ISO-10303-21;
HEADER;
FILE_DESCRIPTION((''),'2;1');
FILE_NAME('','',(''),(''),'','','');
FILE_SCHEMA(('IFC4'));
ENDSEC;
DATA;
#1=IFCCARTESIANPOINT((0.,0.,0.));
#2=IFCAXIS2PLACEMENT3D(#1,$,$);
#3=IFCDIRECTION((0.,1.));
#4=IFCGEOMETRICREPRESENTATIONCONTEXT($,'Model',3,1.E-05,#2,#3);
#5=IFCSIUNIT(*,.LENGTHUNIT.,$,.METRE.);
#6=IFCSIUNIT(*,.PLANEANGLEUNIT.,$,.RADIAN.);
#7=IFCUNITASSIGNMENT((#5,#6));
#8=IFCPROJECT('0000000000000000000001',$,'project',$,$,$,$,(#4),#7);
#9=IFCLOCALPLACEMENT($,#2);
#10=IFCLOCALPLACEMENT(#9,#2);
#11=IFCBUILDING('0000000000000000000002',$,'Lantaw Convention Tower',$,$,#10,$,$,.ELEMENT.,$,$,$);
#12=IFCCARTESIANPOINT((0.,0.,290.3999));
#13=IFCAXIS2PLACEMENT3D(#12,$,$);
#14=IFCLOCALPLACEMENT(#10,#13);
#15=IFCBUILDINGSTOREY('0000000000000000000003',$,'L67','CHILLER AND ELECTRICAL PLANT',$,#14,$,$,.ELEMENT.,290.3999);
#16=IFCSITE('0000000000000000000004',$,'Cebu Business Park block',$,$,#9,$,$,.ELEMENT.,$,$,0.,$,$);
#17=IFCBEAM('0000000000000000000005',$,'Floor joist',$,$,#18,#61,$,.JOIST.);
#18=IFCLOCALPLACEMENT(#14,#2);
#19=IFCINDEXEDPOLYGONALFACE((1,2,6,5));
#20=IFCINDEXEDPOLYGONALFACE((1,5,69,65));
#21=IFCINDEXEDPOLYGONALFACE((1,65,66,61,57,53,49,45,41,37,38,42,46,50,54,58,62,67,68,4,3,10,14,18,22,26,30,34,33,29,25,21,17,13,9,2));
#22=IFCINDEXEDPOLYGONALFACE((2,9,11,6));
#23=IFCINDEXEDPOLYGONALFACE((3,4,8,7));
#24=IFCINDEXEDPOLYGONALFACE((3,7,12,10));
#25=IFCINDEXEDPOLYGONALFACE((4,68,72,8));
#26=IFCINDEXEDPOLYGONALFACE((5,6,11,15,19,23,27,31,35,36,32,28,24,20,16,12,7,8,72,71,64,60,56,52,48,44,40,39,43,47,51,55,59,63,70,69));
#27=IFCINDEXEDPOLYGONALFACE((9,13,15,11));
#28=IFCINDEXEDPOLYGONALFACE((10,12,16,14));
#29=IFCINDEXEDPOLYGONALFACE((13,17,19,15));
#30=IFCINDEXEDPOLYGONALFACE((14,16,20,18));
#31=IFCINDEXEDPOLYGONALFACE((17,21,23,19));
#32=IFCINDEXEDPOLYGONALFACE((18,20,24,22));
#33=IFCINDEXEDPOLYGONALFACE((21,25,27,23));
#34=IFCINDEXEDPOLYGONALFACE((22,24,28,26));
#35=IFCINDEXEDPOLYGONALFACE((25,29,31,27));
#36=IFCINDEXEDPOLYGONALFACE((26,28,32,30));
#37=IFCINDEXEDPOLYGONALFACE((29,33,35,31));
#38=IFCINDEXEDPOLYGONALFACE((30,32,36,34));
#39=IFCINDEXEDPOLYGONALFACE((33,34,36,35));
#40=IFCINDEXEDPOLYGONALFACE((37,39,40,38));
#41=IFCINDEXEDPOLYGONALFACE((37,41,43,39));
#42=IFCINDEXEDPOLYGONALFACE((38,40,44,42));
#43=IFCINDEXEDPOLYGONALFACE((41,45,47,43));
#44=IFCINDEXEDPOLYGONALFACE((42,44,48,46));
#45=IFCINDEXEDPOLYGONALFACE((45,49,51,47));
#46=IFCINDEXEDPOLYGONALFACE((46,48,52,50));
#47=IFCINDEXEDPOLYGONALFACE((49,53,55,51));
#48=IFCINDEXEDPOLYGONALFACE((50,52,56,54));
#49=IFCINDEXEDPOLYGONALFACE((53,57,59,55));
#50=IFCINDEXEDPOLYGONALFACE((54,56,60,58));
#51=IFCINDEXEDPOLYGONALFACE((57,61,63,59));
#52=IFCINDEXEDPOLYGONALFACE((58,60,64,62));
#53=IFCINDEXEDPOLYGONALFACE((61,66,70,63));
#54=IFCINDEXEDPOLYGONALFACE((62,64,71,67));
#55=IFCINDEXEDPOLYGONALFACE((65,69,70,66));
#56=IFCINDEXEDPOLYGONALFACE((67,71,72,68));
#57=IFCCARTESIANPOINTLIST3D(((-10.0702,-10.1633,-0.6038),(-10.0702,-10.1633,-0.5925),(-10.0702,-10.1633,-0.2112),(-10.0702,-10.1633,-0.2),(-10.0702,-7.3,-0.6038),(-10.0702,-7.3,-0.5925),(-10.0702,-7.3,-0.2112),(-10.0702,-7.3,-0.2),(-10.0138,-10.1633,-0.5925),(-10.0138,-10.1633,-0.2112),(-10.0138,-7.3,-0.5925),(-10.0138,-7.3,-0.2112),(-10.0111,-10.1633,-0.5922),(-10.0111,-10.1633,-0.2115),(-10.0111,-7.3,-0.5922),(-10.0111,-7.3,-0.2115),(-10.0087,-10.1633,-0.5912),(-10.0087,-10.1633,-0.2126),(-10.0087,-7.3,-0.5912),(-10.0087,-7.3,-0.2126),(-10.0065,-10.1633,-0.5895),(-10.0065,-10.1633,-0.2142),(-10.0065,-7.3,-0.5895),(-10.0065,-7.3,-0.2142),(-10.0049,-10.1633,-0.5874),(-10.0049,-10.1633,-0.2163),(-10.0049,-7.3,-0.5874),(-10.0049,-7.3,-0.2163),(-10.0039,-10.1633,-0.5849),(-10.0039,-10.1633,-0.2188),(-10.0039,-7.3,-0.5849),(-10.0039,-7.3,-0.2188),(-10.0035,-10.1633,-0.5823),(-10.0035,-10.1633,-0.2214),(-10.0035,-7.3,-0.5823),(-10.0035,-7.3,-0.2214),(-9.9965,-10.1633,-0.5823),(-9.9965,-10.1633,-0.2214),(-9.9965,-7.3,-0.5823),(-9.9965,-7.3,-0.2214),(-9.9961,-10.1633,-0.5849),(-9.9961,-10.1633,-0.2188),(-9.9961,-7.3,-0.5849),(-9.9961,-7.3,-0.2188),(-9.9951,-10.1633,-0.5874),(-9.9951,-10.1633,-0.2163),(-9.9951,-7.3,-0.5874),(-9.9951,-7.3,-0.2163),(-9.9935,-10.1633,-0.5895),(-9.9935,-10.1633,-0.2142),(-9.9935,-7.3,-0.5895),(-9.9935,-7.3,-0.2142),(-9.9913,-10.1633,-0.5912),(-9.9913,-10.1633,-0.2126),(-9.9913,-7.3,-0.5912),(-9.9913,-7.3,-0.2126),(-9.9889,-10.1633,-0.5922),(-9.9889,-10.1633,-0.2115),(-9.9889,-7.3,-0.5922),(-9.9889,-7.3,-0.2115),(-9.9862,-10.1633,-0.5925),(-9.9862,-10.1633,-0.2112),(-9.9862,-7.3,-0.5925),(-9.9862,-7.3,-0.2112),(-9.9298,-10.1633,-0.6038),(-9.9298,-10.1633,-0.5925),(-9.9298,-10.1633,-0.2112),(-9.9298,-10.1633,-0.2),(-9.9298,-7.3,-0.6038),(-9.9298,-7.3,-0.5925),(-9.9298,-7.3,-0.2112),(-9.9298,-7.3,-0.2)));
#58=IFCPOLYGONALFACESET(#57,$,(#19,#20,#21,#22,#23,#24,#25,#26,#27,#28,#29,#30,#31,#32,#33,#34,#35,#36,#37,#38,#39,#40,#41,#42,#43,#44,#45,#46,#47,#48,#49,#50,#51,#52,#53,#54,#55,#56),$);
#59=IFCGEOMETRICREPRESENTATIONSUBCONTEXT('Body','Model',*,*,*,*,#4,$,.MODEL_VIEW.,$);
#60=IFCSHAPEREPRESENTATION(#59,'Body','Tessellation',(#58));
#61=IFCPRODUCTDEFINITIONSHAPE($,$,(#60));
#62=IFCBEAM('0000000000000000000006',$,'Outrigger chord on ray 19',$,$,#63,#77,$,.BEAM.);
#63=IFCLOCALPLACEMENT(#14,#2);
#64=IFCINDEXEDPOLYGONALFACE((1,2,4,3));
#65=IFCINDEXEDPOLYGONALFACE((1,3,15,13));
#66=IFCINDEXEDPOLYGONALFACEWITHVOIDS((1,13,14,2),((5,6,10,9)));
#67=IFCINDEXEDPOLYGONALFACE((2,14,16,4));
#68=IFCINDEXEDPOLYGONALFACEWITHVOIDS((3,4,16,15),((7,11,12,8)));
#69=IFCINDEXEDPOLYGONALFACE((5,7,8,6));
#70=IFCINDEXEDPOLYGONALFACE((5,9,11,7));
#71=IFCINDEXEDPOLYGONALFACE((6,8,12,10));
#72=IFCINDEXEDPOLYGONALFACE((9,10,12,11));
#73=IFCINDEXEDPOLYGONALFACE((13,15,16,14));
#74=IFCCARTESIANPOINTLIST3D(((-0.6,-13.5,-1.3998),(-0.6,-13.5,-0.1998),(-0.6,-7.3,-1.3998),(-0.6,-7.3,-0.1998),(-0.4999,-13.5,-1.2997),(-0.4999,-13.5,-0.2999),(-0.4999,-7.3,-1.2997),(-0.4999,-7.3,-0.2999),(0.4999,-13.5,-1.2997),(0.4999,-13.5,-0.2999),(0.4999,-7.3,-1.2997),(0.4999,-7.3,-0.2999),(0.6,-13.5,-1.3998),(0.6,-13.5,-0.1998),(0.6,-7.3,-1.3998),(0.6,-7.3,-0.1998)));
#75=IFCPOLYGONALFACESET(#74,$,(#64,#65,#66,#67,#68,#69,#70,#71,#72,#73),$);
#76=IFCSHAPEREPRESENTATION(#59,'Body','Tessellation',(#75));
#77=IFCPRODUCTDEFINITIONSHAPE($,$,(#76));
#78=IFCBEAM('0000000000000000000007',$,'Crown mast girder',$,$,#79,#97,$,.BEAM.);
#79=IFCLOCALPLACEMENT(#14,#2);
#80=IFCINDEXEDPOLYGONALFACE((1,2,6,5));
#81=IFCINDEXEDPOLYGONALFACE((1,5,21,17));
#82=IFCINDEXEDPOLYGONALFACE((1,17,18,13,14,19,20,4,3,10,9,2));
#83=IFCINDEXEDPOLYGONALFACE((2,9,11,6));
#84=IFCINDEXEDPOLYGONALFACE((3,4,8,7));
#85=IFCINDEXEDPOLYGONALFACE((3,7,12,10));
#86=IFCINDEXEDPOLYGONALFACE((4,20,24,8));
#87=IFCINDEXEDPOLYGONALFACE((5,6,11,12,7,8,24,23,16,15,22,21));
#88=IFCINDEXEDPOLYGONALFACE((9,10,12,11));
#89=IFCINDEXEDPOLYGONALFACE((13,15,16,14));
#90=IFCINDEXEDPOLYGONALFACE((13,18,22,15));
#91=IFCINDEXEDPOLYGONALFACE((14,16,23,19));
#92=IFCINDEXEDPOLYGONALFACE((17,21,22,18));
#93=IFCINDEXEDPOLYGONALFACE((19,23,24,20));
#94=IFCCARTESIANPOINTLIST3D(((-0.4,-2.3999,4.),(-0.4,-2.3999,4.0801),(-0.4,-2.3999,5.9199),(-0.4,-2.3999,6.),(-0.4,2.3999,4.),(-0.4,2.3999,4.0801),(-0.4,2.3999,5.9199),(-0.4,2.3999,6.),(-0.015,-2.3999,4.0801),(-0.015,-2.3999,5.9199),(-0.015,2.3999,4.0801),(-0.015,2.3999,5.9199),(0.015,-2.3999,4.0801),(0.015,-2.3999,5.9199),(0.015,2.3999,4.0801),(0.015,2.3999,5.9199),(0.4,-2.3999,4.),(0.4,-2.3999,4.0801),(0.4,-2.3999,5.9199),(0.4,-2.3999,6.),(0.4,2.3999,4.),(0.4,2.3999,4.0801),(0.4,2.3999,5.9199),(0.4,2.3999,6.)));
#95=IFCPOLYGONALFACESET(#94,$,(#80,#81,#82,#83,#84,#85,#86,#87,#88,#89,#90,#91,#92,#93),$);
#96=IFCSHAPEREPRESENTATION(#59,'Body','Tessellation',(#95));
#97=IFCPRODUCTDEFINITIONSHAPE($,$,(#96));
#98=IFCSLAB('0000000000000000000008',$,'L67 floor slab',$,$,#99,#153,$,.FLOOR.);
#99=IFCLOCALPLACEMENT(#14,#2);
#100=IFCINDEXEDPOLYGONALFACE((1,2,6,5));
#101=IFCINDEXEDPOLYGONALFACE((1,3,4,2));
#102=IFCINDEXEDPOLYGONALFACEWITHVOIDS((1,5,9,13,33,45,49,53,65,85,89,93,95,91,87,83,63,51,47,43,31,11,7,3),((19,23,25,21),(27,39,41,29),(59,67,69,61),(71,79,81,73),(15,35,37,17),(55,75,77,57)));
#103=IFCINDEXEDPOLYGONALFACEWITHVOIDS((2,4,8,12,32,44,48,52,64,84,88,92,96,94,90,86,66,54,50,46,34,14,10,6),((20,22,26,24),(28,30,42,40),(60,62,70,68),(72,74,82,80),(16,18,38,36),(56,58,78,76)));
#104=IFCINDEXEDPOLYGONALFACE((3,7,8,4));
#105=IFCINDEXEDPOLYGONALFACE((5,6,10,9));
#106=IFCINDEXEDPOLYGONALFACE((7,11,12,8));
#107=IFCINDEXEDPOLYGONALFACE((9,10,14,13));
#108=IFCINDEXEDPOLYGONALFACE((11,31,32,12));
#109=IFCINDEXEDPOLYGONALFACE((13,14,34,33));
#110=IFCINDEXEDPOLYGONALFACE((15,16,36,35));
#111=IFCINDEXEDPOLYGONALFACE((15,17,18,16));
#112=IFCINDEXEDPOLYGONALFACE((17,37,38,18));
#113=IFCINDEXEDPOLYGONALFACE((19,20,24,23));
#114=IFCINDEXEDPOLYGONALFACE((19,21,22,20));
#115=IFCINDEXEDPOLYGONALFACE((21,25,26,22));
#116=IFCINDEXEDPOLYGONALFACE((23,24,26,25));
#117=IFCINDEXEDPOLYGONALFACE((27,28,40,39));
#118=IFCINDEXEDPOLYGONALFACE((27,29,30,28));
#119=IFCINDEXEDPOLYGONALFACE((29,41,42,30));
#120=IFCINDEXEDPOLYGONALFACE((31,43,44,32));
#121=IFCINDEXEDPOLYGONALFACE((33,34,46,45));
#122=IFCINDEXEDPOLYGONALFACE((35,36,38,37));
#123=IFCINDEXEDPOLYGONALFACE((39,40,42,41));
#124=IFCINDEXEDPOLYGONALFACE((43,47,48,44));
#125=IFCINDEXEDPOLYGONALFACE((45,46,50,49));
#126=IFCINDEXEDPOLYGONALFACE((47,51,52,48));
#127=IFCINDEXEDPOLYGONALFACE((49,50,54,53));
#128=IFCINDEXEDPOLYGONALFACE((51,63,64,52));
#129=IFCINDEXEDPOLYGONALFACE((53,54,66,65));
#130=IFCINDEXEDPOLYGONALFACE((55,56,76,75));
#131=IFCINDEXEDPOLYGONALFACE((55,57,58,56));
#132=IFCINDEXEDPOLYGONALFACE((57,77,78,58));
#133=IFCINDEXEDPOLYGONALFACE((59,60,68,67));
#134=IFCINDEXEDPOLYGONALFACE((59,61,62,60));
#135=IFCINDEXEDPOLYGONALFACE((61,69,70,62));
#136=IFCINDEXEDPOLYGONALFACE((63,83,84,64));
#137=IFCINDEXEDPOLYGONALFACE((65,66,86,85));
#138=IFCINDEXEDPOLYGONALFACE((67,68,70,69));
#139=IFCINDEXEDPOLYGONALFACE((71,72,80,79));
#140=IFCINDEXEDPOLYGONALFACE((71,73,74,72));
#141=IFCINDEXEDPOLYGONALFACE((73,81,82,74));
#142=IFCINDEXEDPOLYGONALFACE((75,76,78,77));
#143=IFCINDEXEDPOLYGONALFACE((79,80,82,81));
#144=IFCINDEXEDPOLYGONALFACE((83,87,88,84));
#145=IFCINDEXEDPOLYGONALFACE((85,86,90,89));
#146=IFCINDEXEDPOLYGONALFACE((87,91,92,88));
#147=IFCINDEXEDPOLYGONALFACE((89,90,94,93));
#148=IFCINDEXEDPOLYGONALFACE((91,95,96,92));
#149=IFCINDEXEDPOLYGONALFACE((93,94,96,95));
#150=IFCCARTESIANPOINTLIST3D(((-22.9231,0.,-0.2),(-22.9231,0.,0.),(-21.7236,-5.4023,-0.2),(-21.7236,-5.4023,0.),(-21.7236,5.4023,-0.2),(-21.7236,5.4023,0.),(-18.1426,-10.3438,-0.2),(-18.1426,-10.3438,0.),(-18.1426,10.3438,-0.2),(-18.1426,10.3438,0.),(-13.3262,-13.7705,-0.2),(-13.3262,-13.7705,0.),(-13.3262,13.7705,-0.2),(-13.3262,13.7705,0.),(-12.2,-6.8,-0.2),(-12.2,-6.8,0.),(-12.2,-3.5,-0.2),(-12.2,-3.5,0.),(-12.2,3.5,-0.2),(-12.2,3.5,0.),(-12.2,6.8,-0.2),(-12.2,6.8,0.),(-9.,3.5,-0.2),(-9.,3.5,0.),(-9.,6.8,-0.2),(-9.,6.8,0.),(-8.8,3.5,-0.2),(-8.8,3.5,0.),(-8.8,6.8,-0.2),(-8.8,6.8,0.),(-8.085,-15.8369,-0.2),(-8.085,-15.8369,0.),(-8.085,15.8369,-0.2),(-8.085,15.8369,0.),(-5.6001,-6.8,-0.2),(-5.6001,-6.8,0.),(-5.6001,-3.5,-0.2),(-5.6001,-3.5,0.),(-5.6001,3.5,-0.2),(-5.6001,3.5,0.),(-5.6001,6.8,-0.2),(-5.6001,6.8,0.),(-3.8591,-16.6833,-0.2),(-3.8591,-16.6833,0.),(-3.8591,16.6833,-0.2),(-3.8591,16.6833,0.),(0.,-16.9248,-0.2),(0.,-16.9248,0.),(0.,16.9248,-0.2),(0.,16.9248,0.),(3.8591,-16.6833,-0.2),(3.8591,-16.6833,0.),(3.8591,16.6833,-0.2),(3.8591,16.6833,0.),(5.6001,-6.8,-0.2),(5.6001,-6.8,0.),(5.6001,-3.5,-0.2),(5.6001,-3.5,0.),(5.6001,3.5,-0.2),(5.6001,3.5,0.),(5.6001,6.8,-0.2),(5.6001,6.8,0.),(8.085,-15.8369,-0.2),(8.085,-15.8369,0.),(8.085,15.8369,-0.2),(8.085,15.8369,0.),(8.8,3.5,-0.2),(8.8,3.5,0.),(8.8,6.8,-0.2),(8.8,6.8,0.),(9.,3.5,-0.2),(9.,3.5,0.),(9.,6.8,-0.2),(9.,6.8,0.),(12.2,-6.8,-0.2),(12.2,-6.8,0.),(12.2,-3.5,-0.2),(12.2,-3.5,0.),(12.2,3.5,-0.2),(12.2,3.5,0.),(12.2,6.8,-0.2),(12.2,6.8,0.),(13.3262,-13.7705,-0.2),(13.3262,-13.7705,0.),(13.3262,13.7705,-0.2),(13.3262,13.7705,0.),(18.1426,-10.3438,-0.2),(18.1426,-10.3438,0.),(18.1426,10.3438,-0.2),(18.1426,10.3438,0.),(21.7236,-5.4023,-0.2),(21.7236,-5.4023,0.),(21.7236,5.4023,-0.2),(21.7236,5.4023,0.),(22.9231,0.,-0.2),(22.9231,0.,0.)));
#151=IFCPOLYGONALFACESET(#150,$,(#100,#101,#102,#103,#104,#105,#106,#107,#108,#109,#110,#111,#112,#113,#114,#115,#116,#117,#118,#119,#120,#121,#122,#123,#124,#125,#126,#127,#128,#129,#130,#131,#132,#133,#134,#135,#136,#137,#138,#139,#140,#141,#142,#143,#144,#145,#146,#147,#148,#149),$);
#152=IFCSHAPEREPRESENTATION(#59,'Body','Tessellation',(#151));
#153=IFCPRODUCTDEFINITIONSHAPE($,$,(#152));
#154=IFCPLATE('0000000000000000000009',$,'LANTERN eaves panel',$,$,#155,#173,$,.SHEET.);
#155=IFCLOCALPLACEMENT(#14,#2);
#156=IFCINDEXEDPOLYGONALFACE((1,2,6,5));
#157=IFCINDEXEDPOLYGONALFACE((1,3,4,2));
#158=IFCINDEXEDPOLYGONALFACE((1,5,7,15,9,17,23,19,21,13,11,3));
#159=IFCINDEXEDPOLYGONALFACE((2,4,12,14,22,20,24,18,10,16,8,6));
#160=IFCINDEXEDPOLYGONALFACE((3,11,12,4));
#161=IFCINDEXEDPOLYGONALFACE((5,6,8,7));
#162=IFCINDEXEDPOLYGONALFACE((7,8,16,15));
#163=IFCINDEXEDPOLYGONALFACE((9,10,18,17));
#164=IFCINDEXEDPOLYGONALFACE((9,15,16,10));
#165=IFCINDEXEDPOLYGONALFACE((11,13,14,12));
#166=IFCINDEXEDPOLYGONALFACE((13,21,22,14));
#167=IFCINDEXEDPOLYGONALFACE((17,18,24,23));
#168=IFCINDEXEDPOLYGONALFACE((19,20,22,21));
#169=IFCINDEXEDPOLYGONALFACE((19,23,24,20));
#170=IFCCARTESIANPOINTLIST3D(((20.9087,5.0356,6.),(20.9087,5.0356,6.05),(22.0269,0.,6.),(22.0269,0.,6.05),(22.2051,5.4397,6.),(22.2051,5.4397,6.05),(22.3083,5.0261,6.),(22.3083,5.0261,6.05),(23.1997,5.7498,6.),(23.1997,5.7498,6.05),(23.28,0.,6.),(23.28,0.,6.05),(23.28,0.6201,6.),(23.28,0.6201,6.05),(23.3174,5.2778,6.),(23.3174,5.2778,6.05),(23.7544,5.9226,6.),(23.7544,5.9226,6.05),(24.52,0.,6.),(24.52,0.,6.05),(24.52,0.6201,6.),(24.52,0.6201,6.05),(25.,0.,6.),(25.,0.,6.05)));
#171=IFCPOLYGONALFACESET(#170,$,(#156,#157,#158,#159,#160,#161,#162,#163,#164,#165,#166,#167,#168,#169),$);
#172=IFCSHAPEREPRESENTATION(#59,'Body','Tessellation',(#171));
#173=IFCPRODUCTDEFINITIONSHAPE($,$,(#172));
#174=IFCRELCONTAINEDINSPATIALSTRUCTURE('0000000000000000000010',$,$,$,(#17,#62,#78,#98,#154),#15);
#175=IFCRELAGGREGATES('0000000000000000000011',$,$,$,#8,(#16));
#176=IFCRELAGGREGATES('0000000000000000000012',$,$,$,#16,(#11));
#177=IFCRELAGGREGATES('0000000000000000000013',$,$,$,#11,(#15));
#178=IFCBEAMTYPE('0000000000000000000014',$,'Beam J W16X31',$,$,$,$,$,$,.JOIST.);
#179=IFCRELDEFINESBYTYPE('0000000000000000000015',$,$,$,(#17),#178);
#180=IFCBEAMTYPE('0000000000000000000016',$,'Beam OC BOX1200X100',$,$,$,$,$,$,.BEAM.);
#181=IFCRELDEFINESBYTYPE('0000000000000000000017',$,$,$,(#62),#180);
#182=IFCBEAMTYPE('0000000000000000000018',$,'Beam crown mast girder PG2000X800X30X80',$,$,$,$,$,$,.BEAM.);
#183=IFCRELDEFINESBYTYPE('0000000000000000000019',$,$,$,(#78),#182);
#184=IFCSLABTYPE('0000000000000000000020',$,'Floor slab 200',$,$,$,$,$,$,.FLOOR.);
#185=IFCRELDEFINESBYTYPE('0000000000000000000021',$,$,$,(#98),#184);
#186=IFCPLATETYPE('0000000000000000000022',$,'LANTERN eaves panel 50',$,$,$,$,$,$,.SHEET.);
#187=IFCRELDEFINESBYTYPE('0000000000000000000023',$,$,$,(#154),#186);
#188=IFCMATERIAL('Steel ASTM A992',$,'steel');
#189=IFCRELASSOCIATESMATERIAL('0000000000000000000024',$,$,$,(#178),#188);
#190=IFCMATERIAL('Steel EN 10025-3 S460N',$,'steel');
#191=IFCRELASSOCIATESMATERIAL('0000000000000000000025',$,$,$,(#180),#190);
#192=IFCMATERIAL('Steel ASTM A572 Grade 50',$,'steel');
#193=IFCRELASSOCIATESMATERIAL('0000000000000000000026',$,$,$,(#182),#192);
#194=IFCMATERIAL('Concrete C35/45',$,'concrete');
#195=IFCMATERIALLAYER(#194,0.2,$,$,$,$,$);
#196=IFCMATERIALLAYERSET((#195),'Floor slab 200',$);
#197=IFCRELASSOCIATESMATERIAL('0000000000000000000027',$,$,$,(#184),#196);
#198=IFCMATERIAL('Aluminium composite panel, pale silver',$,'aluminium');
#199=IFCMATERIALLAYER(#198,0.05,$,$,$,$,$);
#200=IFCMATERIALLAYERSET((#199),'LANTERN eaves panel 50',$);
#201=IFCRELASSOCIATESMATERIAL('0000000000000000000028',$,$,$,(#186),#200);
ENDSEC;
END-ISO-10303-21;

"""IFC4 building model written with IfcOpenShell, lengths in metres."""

from ifc_helpers import new_model, si_unit, direction, frame, origin, origin_2d, place, context, subcontext, project, spatial, polyline, hollow_rectangle, i_section, outline, extrude, material, layer, layer_set, material_profile, profile_set, type_object, element, save


model = new_model("IFC4")

# Units and contexts
model_context = context("Model", 3, precision=1e-05, world=origin(), true_north=direction((0.0, 1.0)))
body_context = subcontext(model_context, "Body", "Model", "MODEL_VIEW")
ifc_project = project(units=[si_unit("LENGTHUNIT", "METRE"), si_unit("PLANEANGLEUNIT", "RADIAN")], contexts=[model_context])

# Site, building, storey
site_placement = place(None, origin())
site = spatial("IfcSite", under=ifc_project, at=site_placement, Name="Cebu Business Park block", CompositionType="ELEMENT", RefElevation=0.0)
building_placement = place(site_placement, origin())
building = spatial("IfcBuilding", under=site, at=building_placement, Name="Lantaw Convention Tower", CompositionType="ELEMENT")
storey_placement = place(building_placement, frame((0.0, 0.0, 290.3999)))
storey = spatial("IfcBuildingStorey", under=building, at=storey_placement, Name="L67", Description="CHILLER AND ELECTRICAL PLANT", CompositionType="ELEMENT", Elevation=290.3999)

# Shared definitions
ifc_material_1 = material(Name="Steel ASTM A572 Grade 50", Category="steel")

# Beams
ifc_material_2 = material(Name="Steel EN 10025-3 S460N", Category="steel")
ifc_material_3 = material(Name="Steel ASTM A992", Category="steel")
ifc_material_profile_1 = material_profile(ifc_material_3, i_section(OverallWidth=0.1404, OverallDepth=0.4038, WebThickness=0.0071, FlangeThickness=0.0112, FilletRadius=0.0103, at=origin_2d()), Name="W16X31")
ifc_profile_set_1 = profile_set([ifc_material_profile_1], Name="Steel ASTM A992")
beam_type_1 = type_object("IfcBeamType", Name="Beam J W16X31", PredefinedType="JOIST", material=ifc_profile_set_1)
beam_1_placement = place(storey_placement, frame((-10.0, -10.1633, -0.4019), z_axis=(0.0, 1.0, 0.0), x_axis=(-1.0, 0.0, 0.0)))
element("IfcBeam", 1, at=beam_1_placement, inside=storey, type_object=beam_type_1, Name="Floor joist", PredefinedType="JOIST", context=body_context, shape_type="SweptSolid", body=[
    extrude(i_section(OverallWidth=0.1404, OverallDepth=0.4038, WebThickness=0.0071, FlangeThickness=0.0112, FilletRadius=0.0103, at=origin_2d()), origin(), (0.0, 0.0, 1.0), 2.8633),
])
ifc_material_profile_2 = material_profile(ifc_material_2, hollow_rectangle(XDim=1.2, YDim=1.2, WallThickness=0.1001, at=origin_2d()), Name="BOX1200X100")
ifc_profile_set_2 = profile_set([ifc_material_profile_2], Name="Steel EN 10025-3 S460N")
beam_type_2 = type_object("IfcBeamType", Name="Beam OC BOX1200X100", PredefinedType="BEAM", material=ifc_profile_set_2)
beam_2_placement = place(storey_placement, frame((0.0, -7.3, -0.7998), z_axis=(0.0, -1.0, 0.0), x_axis=(1.0, 0.0, 0.0)))
element("IfcBeam", 2, at=beam_2_placement, inside=storey, type_object=beam_type_2, Name="Outrigger chord on ray 19", PredefinedType="BEAM", context=body_context, shape_type="SweptSolid", body=[
    extrude(hollow_rectangle(XDim=1.2, YDim=1.2, WallThickness=0.1001, at=origin_2d()), origin(), (0.0, 0.0, 1.0), 6.2),
])
ifc_material_profile_3 = material_profile(ifc_material_1, i_section(OverallWidth=0.8, OverallDepth=2.0, WebThickness=0.03, FlangeThickness=0.0801, at=origin_2d()), Name="PG2000X800X30X80")
ifc_profile_set_3 = profile_set([ifc_material_profile_3], Name="Steel ASTM A572 Grade 50")
beam_type_3 = type_object("IfcBeamType", Name="Beam crown mast girder PG2000X800X30X80", PredefinedType="BEAM", material=ifc_profile_set_3)
beam_3_placement = place(storey_placement, frame((0.0, -2.3999, 5.0), z_axis=(0.0, 1.0, 0.0), x_axis=(-1.0, 0.0, 0.0)))
element("IfcBeam", 3, at=beam_3_placement, inside=storey, type_object=beam_type_3, Name="Crown mast girder", PredefinedType="BEAM", context=body_context, shape_type="SweptSolid", body=[
    extrude(i_section(OverallWidth=0.8, OverallDepth=2.0, WebThickness=0.03, FlangeThickness=0.0801, at=origin_2d()), origin(), (0.0, 0.0, 1.0), 4.7998),
])

# Slab
ifc_material_4 = material(Name="Concrete C35/45", Category="concrete")
ifc_layer_1 = layer(ifc_material_4, 0.2)
ifc_layer_set_1 = layer_set([ifc_layer_1], Name="Floor slab 200")
slab_type_1 = type_object("IfcSlabType", Name="Floor slab 200", PredefinedType="FLOOR", material=ifc_layer_set_1)
slab_1_placement = place(storey_placement, frame((0.0, 0.0, -0.2)))
element("IfcSlab", 4, at=slab_1_placement, inside=storey, type_object=slab_type_1, Name="L67 floor slab", PredefinedType="FLOOR", context=body_context, shape_type="SweptSolid", body=[
    extrude(outline(polyline([(21.7236, -5.4023), (22.9231, 0.0), (21.7236, 5.4023), (18.1426, 10.3438), (13.3262, 13.7705), (8.085, 15.8369), (3.8591, 16.6833), (0.0, 16.9248), (-3.8591, 16.6833), (-8.085, 15.8369), (-13.3262, 13.7705), (-18.1426, 10.3438), (-21.7236, 5.4023), (-22.9231, 0.0), (-21.7236, -5.4023), (-18.1426, -10.3438), (-13.3262, -13.7705), (-8.085, -15.8369), (-3.8591, -16.6833), (0.0, -16.9248), (3.8591, -16.6833), (8.085, -15.8369), (13.3262, -13.7705), (18.1426, -10.3438), (21.7236, -5.4023)]), holes=[polyline([(-12.2, -3.5), (-12.2, -6.8), (-5.6001, -6.8), (-5.6001, -3.5), (-12.2, -3.5)]), polyline([(12.2, -3.5), (5.6001, -3.5), (5.6001, -6.8), (12.2, -6.8), (12.2, -3.5)]), polyline([(-9.0, 6.8), (-12.2, 6.8), (-12.2, 3.5), (-9.0, 3.5), (-9.0, 6.8)]), polyline([(-8.8, 6.8), (-8.8, 3.5), (-5.6001, 3.5), (-5.6001, 6.8), (-8.8, 6.8)]), polyline([(8.8, 6.8), (5.6001, 6.8), (5.6001, 3.5), (8.8, 3.5), (8.8, 6.8)]), polyline([(12.2, 6.8), (9.0, 6.8), (9.0, 3.5), (12.2, 3.5), (12.2, 6.8)])]), origin(), (0.0, 0.0, 1.0), 0.2),
])

# Plate
ifc_material_5 = material(Name="Aluminium composite panel, pale silver", Category="aluminium")
ifc_layer_2 = layer(ifc_material_5, 0.05)
ifc_layer_set_2 = layer_set([ifc_layer_2], Name="LANTERN eaves panel 50")
plate_type_1 = type_object("IfcPlateType", Name="LANTERN eaves panel 50", PredefinedType="SHEET", material=ifc_layer_set_2)
plate_1_placement = place(storey_placement, frame((0.0, 0.0, 6.0)))
element("IfcPlate", 5, at=plate_1_placement, inside=storey, type_object=plate_type_1, Name="LANTERN eaves panel", PredefinedType="SHEET", context=body_context, shape_type="SweptSolid", body=[
    extrude(outline(polyline([(22.0269, 0.0), (23.28, 0.0), (23.28, 0.6201), (24.52, 0.6201), (24.52, 0.0), (25.0, 0.0), (23.7544, 5.9226), (23.1997, 5.7498), (23.3174, 5.2778), (22.3083, 5.0261), (22.2051, 5.4397), (20.9087, 5.0356), (22.0269, 0.0)])), origin(), (0.0, 0.0, 1.0), 0.05),
])

save(model, "model.ifc")
